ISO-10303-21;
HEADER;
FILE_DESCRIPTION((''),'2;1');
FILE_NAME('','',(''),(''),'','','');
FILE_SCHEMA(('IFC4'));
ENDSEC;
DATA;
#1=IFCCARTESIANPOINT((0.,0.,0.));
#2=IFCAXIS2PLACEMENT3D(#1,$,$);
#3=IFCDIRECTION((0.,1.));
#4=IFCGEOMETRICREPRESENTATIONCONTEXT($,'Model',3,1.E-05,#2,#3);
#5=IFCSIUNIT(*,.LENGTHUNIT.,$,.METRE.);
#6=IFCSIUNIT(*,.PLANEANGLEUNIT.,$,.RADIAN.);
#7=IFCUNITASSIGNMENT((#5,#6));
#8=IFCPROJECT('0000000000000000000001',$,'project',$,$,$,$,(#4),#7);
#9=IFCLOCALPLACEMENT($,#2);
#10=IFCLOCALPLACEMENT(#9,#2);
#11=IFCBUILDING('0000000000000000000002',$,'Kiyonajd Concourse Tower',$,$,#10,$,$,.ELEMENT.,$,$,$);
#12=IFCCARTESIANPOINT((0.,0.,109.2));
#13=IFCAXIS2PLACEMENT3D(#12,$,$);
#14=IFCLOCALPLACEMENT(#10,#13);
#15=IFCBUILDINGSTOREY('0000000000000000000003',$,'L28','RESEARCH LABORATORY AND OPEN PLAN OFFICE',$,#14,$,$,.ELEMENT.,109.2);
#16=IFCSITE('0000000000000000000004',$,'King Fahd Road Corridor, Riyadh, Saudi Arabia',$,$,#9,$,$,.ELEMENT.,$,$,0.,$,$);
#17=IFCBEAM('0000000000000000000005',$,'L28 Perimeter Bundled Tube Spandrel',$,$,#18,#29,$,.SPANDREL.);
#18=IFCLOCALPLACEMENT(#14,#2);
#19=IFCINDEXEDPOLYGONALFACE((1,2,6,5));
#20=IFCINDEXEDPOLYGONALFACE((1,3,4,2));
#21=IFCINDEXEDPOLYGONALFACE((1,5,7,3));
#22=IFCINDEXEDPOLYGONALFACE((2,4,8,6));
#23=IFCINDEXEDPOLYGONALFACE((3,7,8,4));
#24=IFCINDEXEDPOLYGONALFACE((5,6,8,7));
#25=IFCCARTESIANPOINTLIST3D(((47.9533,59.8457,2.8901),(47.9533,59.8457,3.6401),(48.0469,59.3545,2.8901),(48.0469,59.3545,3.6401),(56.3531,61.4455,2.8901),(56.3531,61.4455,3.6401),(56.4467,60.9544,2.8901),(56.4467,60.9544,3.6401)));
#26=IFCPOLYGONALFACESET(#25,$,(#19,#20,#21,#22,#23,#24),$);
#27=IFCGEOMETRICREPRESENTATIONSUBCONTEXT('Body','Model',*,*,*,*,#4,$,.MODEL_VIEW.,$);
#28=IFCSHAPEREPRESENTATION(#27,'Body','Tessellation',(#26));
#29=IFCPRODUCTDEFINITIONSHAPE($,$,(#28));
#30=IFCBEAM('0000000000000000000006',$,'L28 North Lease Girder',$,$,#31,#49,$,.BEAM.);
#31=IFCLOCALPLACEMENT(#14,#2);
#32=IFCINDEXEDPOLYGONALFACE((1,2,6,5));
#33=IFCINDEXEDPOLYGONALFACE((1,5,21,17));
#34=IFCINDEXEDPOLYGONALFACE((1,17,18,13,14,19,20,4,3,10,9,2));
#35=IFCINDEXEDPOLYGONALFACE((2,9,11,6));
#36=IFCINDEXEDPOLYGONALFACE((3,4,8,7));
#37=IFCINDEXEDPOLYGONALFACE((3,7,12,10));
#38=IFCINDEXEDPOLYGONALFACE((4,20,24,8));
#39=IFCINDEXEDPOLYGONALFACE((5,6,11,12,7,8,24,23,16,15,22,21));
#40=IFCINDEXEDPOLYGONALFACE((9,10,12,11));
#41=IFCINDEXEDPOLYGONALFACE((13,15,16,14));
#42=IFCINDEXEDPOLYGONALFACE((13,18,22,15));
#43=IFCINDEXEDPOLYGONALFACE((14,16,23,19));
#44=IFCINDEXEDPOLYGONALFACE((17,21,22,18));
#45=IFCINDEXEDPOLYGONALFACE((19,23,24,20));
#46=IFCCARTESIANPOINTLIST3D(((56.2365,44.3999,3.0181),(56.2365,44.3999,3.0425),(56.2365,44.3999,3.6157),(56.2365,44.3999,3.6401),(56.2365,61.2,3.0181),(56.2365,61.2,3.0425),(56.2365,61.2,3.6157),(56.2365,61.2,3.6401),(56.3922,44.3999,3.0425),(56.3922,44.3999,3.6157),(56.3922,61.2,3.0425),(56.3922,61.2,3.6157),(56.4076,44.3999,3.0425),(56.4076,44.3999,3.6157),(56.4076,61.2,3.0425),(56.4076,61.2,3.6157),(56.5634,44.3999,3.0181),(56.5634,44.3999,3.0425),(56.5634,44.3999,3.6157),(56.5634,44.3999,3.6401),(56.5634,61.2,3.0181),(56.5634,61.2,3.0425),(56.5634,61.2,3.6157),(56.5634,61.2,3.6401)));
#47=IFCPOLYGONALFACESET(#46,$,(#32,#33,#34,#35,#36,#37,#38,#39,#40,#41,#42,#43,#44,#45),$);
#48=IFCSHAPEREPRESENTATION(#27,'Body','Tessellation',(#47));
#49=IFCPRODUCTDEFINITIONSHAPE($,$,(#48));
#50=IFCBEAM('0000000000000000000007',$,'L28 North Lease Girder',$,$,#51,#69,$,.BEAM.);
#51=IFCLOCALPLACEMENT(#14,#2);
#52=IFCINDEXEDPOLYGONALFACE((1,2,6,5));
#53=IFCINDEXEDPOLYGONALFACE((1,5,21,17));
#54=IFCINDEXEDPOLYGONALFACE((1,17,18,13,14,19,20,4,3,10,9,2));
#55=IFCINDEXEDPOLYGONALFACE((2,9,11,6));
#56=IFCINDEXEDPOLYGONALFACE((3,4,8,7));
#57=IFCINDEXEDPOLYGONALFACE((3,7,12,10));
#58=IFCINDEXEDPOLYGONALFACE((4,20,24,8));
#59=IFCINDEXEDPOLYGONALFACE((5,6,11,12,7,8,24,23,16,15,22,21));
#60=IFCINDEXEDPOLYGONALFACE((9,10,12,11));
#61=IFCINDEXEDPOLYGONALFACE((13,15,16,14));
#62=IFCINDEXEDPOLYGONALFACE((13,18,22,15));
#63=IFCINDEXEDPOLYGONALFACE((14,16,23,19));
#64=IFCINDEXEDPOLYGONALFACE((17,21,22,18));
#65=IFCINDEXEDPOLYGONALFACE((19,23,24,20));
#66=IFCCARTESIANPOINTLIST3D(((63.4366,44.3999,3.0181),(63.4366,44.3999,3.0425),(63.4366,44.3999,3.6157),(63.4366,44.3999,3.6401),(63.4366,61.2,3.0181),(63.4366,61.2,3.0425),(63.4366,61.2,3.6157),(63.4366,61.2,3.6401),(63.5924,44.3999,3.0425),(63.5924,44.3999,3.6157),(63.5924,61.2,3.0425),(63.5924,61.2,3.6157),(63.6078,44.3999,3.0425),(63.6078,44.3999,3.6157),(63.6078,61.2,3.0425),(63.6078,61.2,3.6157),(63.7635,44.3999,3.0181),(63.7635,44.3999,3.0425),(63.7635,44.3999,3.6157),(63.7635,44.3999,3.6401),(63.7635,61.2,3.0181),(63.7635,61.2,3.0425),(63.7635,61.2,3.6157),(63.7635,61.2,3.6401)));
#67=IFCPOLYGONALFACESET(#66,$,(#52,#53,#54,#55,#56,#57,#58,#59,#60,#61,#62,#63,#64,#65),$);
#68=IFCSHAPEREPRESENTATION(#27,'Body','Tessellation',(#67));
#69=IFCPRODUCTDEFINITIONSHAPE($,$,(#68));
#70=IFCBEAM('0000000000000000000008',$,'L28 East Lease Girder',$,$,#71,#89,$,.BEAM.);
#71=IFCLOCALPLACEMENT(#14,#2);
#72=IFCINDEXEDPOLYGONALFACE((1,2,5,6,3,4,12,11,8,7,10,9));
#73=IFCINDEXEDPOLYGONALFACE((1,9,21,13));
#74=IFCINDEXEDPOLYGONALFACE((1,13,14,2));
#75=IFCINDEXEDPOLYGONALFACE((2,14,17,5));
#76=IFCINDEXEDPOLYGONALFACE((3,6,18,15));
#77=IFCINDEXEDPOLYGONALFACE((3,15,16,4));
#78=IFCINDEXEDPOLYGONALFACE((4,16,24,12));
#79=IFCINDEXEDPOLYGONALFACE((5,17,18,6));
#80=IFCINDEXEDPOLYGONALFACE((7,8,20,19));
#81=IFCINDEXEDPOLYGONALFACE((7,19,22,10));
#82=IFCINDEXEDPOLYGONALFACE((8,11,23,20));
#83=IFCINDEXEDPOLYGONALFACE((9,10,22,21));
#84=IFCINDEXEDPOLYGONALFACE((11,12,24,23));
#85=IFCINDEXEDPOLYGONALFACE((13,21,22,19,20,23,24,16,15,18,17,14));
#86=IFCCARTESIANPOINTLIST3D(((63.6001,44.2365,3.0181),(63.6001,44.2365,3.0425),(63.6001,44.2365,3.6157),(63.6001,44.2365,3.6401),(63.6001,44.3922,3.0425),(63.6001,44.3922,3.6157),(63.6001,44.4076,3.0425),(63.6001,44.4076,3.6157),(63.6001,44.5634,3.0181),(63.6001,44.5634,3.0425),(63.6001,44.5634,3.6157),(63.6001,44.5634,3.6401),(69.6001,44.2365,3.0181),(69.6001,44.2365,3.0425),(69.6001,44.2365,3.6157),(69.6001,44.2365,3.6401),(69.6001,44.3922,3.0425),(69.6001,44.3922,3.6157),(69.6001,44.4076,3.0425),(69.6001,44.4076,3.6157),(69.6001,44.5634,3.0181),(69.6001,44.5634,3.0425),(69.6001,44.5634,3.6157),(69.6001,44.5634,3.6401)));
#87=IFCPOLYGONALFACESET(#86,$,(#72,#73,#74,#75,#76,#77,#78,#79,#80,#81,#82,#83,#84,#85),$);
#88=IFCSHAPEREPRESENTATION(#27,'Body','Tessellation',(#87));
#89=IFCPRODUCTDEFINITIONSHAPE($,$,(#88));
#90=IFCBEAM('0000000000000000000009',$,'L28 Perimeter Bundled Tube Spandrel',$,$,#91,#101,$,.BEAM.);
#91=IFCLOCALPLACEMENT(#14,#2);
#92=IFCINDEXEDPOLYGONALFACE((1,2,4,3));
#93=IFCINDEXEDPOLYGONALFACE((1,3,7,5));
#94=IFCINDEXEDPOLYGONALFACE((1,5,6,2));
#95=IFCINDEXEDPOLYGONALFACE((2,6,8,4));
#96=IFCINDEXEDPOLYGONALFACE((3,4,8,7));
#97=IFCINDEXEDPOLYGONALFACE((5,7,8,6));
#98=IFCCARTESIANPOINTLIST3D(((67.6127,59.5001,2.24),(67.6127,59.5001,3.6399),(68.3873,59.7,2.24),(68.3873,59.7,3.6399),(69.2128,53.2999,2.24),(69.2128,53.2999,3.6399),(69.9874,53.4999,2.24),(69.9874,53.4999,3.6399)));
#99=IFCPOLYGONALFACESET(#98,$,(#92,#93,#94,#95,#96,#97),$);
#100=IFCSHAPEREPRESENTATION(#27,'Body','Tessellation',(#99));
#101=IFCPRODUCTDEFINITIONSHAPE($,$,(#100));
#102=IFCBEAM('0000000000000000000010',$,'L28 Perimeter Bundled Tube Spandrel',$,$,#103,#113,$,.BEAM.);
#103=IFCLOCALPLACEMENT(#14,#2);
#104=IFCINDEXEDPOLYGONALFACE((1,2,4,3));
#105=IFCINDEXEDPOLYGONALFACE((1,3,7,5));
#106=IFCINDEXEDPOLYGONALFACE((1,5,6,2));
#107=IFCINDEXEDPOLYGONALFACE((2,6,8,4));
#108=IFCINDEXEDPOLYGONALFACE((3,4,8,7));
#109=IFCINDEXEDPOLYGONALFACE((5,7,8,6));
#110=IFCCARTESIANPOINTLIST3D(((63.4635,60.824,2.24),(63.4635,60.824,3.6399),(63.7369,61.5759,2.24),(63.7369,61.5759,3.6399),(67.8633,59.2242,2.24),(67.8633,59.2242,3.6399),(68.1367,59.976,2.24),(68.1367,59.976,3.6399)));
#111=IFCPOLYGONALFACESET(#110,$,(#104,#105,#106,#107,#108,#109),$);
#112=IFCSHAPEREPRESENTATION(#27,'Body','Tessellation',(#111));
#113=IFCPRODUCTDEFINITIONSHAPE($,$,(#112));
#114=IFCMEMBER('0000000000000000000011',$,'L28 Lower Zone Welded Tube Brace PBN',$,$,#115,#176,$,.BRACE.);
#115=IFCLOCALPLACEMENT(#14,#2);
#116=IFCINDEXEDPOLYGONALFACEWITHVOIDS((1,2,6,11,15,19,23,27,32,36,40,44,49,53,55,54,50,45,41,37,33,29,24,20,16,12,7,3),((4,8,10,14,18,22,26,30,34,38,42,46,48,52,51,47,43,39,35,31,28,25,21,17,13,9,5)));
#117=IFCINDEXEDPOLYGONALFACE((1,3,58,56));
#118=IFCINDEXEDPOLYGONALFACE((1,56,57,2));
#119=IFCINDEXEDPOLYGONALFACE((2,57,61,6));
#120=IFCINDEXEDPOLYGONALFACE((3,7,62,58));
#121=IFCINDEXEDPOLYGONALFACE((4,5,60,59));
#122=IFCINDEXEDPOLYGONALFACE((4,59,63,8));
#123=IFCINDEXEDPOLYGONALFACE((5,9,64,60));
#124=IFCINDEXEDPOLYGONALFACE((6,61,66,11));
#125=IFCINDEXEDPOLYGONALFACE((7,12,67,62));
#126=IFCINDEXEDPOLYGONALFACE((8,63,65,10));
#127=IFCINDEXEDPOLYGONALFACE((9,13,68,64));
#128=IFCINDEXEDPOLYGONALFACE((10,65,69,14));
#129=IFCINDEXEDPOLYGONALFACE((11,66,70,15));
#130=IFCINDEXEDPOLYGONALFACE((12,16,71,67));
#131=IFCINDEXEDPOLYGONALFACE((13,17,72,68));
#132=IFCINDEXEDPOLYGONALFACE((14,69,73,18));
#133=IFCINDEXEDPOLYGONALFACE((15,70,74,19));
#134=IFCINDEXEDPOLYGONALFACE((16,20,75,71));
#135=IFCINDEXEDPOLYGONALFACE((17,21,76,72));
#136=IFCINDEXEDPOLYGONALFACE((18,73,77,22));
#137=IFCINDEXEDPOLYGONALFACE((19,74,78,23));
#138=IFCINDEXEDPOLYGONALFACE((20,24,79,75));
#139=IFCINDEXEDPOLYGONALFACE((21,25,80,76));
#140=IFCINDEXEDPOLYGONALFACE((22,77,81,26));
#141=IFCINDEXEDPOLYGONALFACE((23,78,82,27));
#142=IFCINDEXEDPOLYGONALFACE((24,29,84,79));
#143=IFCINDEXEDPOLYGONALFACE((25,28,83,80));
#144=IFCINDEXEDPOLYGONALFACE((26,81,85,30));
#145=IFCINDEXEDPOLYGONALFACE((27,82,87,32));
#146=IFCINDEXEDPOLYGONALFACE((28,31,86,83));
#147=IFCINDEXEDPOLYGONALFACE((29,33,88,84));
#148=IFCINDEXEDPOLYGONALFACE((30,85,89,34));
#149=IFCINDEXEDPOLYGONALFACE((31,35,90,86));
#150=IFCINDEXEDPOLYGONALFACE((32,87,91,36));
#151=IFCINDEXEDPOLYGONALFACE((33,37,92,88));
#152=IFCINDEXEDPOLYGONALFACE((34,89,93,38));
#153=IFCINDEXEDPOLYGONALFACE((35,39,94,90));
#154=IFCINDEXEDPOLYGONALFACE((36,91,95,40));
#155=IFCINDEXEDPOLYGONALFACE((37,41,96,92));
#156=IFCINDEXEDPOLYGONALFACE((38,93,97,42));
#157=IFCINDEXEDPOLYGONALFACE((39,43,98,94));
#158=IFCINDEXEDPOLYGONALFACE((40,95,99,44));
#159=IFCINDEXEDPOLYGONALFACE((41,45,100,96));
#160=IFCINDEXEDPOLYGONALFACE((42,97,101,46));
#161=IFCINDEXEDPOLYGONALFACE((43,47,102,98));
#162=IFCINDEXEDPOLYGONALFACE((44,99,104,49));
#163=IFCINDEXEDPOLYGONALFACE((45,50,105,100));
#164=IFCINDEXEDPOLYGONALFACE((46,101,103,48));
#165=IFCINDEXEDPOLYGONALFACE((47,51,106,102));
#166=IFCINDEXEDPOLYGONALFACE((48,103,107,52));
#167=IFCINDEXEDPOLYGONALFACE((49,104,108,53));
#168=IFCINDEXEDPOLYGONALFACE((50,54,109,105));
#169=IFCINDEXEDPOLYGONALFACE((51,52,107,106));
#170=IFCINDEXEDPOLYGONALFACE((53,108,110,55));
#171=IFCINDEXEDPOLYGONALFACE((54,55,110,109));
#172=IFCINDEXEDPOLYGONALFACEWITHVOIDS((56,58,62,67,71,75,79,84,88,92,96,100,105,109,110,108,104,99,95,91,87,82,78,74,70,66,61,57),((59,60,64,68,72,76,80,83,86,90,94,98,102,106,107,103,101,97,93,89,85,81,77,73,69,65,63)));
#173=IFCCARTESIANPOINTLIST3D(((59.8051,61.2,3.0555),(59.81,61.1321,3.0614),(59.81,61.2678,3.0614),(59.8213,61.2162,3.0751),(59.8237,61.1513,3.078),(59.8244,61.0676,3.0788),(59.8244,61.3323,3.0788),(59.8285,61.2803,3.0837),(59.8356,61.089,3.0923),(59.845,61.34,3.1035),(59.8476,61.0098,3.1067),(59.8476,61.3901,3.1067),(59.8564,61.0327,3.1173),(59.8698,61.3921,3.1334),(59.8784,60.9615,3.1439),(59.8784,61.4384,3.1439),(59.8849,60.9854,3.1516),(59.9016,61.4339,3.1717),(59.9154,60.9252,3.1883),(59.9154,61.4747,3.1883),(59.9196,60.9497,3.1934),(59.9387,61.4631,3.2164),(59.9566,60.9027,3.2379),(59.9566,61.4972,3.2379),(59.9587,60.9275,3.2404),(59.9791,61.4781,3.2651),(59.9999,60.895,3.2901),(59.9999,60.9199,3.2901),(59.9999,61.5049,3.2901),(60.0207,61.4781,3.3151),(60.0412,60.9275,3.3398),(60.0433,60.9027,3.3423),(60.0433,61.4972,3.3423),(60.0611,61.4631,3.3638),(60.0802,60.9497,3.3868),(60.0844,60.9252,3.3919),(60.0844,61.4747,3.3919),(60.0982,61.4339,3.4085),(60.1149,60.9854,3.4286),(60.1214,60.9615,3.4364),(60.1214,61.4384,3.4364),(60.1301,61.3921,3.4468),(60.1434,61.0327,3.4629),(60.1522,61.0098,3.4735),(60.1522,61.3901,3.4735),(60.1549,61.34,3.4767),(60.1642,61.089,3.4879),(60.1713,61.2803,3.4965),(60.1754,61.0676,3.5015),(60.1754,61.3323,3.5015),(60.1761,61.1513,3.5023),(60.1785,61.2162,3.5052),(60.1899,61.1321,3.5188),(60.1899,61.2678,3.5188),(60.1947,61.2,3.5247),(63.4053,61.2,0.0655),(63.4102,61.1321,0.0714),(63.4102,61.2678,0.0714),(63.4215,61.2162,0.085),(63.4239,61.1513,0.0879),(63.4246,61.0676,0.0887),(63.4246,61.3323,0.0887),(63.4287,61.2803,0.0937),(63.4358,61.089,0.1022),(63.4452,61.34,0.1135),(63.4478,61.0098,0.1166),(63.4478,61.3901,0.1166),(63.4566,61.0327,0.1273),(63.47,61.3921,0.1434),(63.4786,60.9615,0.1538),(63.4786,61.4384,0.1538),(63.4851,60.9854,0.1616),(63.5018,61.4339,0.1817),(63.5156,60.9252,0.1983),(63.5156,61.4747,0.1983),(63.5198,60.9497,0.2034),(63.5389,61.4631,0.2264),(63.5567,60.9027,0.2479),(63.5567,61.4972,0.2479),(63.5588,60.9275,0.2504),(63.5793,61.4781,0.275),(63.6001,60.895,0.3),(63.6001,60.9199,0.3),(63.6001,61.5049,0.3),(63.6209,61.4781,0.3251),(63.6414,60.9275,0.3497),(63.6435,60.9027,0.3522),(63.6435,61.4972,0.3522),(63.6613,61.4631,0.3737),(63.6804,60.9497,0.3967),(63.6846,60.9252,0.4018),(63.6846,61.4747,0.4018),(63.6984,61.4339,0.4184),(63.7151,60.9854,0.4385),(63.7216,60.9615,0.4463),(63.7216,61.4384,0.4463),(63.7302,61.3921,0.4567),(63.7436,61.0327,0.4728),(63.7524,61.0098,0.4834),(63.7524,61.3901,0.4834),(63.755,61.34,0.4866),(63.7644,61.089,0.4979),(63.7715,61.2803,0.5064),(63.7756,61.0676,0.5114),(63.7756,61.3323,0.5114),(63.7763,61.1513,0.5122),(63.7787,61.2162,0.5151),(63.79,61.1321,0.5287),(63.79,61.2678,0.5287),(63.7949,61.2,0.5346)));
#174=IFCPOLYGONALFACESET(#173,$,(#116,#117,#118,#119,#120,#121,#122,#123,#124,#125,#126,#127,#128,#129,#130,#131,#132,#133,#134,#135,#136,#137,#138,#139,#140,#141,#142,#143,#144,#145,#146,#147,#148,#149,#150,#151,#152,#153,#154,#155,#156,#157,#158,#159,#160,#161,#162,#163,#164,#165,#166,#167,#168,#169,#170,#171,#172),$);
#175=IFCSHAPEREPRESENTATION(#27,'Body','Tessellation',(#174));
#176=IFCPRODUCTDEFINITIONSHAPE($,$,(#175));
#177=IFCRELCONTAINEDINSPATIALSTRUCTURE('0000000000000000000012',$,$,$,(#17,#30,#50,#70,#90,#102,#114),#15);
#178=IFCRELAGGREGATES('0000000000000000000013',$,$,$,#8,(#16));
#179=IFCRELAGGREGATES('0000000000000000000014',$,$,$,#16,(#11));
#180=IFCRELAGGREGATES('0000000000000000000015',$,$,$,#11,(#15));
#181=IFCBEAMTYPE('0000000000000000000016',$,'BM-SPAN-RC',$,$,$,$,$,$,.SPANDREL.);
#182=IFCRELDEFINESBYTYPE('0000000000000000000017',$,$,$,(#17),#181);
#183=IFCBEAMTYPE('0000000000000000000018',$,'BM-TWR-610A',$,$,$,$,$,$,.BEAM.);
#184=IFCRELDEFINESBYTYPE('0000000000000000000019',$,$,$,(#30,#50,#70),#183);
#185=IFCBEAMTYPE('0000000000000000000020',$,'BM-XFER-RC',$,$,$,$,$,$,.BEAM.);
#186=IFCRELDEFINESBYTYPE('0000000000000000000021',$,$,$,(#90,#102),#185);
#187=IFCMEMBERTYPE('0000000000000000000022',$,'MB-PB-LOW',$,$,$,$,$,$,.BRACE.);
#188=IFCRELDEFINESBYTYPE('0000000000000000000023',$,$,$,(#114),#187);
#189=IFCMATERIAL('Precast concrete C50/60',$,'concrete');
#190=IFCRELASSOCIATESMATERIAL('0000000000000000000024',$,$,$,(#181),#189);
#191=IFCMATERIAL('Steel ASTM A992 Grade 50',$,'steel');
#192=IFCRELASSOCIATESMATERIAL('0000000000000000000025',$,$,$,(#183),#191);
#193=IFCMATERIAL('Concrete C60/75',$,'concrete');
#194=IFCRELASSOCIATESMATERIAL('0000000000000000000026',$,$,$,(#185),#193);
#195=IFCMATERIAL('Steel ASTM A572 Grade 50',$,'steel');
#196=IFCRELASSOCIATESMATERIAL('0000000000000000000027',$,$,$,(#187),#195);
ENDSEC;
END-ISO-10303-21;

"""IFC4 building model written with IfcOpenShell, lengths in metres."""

from ifc_helpers import new_model, si_unit, direction, frame, origin, origin_2d, place, context, subcontext, project, spatial, rectangle, hollow_circle, i_section, extrude, material, material_profile, profile_set, type_object, element, save


model = new_model("IFC4")

# Units and contexts
model_context = context("Model", 3, precision=1e-05, world=origin(), true_north=direction((0.0, 1.0)))
body_context = subcontext(model_context, "Body", "Model", "MODEL_VIEW")
ifc_project = project(units=[si_unit("LENGTHUNIT", "METRE"), si_unit("PLANEANGLEUNIT", "RADIAN")], contexts=[model_context])

# Site, building, storey
site_placement = place(None, origin())
site = spatial("IfcSite", under=ifc_project, at=site_placement, Name="King Fahd Road Corridor, Riyadh, Saudi Arabia", CompositionType="ELEMENT", RefElevation=0.0)
building_placement = place(site_placement, origin())
building = spatial("IfcBuilding", under=site, at=building_placement, Name="Kiyonajd Concourse Tower", CompositionType="ELEMENT")
storey_placement = place(building_placement, frame((0.0, 0.0, 109.2)))
storey = spatial("IfcBuildingStorey", under=building, at=storey_placement, Name="L28", Description="RESEARCH LABORATORY AND OPEN PLAN OFFICE", CompositionType="ELEMENT", Elevation=109.2)

# Beams
ifc_material_1 = material(Name="Steel ASTM A992 Grade 50", Category="steel")
ifc_material_2 = material(Name="Precast concrete C50/60", Category="concrete")
ifc_material_profile_1 = material_profile(ifc_material_2, rectangle(XDim=0.5, YDim=0.75, at=origin_2d()), Name="RCBM-500x750")
ifc_profile_set_1 = profile_set([ifc_material_profile_1], Name="Precast concrete C50/60")
beam_type_1 = type_object("IfcBeamType", Name="BM-SPAN-RC", PredefinedType="SPANDREL", material=ifc_profile_set_1)
beam_1_placement = place(storey_placement, frame((56.3999, 61.2, 3.2651), z_axis=(-0.982341, -0.187098, 0.0), x_axis=(0.187098, -0.982341, 0.0)))
element("IfcBeam", 1, at=beam_1_placement, inside=storey, type_object=beam_type_1, Name="L28 Perimeter Bundled Tube Spandrel", PredefinedType="SPANDREL", context=body_context, shape_type="SweptSolid", body=[
    extrude(rectangle(XDim=0.5, YDim=0.75, at=origin_2d()), origin(), (0.0, 0.0, 1.0), 8.5508),
])
ifc_material_profile_2 = material_profile(ifc_material_1, i_section(OverallWidth=0.3269, OverallDepth=0.6221, WebThickness=0.0154, FlangeThickness=0.0244, at=origin_2d()), Name="W610X195")
ifc_profile_set_2 = profile_set([ifc_material_profile_2], Name="Steel ASTM A992 Grade 50")
beam_type_2 = type_object("IfcBeamType", Name="BM-TWR-610A", PredefinedType="BEAM", material=ifc_profile_set_2)
for number, where, z_axis, x_axis, name in (
    (2, (56.3999, 44.3999, 3.3291), (0.0, 1.0, 0.0), (-1.0, 0.0, 0.0), "L28 North Lease Girder"),
    (3, (63.6001, 44.3999, 3.3291), (0.0, 1.0, 0.0), (-1.0, 0.0, 0.0), "L28 North Lease Girder"),
):
    element("IfcBeam", number, at=place(storey_placement, frame(where, z_axis=z_axis, x_axis=x_axis)), inside=storey, type_object=beam_type_2, Name=name, PredefinedType="BEAM", context=body_context, shape_type="SweptSolid", body=[
        extrude(i_section(OverallWidth=0.3269, OverallDepth=0.6221, WebThickness=0.0154, FlangeThickness=0.0244, at=origin_2d()), origin(), (0.0, 0.0, 1.0), 16.8),
    ])
beam_2_placement = place(storey_placement, frame((63.6001, 44.3999, 3.3291), z_axis=(1.0, 0.0, 0.0), x_axis=(0.0, 1.0, 0.0)))
element("IfcBeam", 4, at=beam_2_placement, inside=storey, type_object=beam_type_2, Name="L28 East Lease Girder", PredefinedType="BEAM", context=body_context, shape_type="SweptSolid", body=[
    extrude(i_section(OverallWidth=0.3269, OverallDepth=0.6221, WebThickness=0.0154, FlangeThickness=0.0244, at=origin_2d()), origin(), (0.0, 0.0, 1.0), 6.0),
])
ifc_material_3 = material(Name="Concrete C60/75", Category="concrete")
ifc_material_profile_3 = material_profile(ifc_material_3, rectangle(XDim=0.8, YDim=1.3999, at=origin_2d()), Name="RCBM-800x1400")
ifc_profile_set_3 = profile_set([ifc_material_profile_3], Name="Concrete C60/75")
beam_type_3 = type_object("IfcBeamType", Name="BM-XFER-RC", PredefinedType="BEAM", material=ifc_profile_set_3)
beam_3_placement = place(storey_placement, frame((69.6001, 53.3999, 2.9399), z_axis=(-0.249885, 0.968276, 0.0), x_axis=(-0.968276, -0.249885, 0.0)))
element("IfcBeam", 5, at=beam_3_placement, inside=storey, type_object=beam_type_3, Name="L28 Perimeter Bundled Tube Spandrel", PredefinedType="BEAM", context=body_context, shape_type="SweptSolid", body=[
    extrude(rectangle(XDim=0.8, YDim=1.3999, at=origin_2d()), origin(), (0.0, 0.0, 1.0), 6.4033),
])
beam_4_placement = place(storey_placement, frame((68.0, 59.6001, 2.9399), z_axis=(-0.939801, 0.341722, 0.0), x_axis=(-0.341722, -0.939801, 0.0)))
element("IfcBeam", 6, at=beam_4_placement, inside=storey, type_object=beam_type_3, Name="L28 Perimeter Bundled Tube Spandrel", PredefinedType="BEAM", context=body_context, shape_type="SweptSolid", body=[
    extrude(rectangle(XDim=0.8, YDim=1.3999, at=origin_2d()), origin(), (0.0, 0.0, 1.0), 4.6816),
])

# Member
ifc_material_4 = material(Name="Steel ASTM A572 Grade 50", Category="steel")
ifc_material_profile_4 = material_profile(ifc_material_4, hollow_circle(Radius=0.3049, WallThickness=0.0249, at=origin_2d()), Name="CHS-610x25")
ifc_profile_set_4 = profile_set([ifc_material_profile_4], Name="Steel ASTM A572 Grade 50")
member_type = type_object("IfcMemberType", Name="MB-PB-LOW", PredefinedType="BRACE", material=ifc_profile_set_4)
member_1_placement = place(storey_placement, frame((63.6001, 61.2, 0.3), z_axis=(-0.769281, 0.0, 0.638911), x_axis=(0.0, -1.0, 0.0)))
element("IfcMember", 7, at=member_1_placement, inside=storey, type_object=member_type, Name="L28 Lower Zone Welded Tube Brace PBN", PredefinedType="BRACE", context=body_context, shape_type="SweptSolid", body=[
    extrude(hollow_circle(Radius=0.3049, WallThickness=0.0249, at=origin_2d()), origin(), (0.0, 0.0, 1.0), 4.6799),
])

save(model, "model.ifc")
